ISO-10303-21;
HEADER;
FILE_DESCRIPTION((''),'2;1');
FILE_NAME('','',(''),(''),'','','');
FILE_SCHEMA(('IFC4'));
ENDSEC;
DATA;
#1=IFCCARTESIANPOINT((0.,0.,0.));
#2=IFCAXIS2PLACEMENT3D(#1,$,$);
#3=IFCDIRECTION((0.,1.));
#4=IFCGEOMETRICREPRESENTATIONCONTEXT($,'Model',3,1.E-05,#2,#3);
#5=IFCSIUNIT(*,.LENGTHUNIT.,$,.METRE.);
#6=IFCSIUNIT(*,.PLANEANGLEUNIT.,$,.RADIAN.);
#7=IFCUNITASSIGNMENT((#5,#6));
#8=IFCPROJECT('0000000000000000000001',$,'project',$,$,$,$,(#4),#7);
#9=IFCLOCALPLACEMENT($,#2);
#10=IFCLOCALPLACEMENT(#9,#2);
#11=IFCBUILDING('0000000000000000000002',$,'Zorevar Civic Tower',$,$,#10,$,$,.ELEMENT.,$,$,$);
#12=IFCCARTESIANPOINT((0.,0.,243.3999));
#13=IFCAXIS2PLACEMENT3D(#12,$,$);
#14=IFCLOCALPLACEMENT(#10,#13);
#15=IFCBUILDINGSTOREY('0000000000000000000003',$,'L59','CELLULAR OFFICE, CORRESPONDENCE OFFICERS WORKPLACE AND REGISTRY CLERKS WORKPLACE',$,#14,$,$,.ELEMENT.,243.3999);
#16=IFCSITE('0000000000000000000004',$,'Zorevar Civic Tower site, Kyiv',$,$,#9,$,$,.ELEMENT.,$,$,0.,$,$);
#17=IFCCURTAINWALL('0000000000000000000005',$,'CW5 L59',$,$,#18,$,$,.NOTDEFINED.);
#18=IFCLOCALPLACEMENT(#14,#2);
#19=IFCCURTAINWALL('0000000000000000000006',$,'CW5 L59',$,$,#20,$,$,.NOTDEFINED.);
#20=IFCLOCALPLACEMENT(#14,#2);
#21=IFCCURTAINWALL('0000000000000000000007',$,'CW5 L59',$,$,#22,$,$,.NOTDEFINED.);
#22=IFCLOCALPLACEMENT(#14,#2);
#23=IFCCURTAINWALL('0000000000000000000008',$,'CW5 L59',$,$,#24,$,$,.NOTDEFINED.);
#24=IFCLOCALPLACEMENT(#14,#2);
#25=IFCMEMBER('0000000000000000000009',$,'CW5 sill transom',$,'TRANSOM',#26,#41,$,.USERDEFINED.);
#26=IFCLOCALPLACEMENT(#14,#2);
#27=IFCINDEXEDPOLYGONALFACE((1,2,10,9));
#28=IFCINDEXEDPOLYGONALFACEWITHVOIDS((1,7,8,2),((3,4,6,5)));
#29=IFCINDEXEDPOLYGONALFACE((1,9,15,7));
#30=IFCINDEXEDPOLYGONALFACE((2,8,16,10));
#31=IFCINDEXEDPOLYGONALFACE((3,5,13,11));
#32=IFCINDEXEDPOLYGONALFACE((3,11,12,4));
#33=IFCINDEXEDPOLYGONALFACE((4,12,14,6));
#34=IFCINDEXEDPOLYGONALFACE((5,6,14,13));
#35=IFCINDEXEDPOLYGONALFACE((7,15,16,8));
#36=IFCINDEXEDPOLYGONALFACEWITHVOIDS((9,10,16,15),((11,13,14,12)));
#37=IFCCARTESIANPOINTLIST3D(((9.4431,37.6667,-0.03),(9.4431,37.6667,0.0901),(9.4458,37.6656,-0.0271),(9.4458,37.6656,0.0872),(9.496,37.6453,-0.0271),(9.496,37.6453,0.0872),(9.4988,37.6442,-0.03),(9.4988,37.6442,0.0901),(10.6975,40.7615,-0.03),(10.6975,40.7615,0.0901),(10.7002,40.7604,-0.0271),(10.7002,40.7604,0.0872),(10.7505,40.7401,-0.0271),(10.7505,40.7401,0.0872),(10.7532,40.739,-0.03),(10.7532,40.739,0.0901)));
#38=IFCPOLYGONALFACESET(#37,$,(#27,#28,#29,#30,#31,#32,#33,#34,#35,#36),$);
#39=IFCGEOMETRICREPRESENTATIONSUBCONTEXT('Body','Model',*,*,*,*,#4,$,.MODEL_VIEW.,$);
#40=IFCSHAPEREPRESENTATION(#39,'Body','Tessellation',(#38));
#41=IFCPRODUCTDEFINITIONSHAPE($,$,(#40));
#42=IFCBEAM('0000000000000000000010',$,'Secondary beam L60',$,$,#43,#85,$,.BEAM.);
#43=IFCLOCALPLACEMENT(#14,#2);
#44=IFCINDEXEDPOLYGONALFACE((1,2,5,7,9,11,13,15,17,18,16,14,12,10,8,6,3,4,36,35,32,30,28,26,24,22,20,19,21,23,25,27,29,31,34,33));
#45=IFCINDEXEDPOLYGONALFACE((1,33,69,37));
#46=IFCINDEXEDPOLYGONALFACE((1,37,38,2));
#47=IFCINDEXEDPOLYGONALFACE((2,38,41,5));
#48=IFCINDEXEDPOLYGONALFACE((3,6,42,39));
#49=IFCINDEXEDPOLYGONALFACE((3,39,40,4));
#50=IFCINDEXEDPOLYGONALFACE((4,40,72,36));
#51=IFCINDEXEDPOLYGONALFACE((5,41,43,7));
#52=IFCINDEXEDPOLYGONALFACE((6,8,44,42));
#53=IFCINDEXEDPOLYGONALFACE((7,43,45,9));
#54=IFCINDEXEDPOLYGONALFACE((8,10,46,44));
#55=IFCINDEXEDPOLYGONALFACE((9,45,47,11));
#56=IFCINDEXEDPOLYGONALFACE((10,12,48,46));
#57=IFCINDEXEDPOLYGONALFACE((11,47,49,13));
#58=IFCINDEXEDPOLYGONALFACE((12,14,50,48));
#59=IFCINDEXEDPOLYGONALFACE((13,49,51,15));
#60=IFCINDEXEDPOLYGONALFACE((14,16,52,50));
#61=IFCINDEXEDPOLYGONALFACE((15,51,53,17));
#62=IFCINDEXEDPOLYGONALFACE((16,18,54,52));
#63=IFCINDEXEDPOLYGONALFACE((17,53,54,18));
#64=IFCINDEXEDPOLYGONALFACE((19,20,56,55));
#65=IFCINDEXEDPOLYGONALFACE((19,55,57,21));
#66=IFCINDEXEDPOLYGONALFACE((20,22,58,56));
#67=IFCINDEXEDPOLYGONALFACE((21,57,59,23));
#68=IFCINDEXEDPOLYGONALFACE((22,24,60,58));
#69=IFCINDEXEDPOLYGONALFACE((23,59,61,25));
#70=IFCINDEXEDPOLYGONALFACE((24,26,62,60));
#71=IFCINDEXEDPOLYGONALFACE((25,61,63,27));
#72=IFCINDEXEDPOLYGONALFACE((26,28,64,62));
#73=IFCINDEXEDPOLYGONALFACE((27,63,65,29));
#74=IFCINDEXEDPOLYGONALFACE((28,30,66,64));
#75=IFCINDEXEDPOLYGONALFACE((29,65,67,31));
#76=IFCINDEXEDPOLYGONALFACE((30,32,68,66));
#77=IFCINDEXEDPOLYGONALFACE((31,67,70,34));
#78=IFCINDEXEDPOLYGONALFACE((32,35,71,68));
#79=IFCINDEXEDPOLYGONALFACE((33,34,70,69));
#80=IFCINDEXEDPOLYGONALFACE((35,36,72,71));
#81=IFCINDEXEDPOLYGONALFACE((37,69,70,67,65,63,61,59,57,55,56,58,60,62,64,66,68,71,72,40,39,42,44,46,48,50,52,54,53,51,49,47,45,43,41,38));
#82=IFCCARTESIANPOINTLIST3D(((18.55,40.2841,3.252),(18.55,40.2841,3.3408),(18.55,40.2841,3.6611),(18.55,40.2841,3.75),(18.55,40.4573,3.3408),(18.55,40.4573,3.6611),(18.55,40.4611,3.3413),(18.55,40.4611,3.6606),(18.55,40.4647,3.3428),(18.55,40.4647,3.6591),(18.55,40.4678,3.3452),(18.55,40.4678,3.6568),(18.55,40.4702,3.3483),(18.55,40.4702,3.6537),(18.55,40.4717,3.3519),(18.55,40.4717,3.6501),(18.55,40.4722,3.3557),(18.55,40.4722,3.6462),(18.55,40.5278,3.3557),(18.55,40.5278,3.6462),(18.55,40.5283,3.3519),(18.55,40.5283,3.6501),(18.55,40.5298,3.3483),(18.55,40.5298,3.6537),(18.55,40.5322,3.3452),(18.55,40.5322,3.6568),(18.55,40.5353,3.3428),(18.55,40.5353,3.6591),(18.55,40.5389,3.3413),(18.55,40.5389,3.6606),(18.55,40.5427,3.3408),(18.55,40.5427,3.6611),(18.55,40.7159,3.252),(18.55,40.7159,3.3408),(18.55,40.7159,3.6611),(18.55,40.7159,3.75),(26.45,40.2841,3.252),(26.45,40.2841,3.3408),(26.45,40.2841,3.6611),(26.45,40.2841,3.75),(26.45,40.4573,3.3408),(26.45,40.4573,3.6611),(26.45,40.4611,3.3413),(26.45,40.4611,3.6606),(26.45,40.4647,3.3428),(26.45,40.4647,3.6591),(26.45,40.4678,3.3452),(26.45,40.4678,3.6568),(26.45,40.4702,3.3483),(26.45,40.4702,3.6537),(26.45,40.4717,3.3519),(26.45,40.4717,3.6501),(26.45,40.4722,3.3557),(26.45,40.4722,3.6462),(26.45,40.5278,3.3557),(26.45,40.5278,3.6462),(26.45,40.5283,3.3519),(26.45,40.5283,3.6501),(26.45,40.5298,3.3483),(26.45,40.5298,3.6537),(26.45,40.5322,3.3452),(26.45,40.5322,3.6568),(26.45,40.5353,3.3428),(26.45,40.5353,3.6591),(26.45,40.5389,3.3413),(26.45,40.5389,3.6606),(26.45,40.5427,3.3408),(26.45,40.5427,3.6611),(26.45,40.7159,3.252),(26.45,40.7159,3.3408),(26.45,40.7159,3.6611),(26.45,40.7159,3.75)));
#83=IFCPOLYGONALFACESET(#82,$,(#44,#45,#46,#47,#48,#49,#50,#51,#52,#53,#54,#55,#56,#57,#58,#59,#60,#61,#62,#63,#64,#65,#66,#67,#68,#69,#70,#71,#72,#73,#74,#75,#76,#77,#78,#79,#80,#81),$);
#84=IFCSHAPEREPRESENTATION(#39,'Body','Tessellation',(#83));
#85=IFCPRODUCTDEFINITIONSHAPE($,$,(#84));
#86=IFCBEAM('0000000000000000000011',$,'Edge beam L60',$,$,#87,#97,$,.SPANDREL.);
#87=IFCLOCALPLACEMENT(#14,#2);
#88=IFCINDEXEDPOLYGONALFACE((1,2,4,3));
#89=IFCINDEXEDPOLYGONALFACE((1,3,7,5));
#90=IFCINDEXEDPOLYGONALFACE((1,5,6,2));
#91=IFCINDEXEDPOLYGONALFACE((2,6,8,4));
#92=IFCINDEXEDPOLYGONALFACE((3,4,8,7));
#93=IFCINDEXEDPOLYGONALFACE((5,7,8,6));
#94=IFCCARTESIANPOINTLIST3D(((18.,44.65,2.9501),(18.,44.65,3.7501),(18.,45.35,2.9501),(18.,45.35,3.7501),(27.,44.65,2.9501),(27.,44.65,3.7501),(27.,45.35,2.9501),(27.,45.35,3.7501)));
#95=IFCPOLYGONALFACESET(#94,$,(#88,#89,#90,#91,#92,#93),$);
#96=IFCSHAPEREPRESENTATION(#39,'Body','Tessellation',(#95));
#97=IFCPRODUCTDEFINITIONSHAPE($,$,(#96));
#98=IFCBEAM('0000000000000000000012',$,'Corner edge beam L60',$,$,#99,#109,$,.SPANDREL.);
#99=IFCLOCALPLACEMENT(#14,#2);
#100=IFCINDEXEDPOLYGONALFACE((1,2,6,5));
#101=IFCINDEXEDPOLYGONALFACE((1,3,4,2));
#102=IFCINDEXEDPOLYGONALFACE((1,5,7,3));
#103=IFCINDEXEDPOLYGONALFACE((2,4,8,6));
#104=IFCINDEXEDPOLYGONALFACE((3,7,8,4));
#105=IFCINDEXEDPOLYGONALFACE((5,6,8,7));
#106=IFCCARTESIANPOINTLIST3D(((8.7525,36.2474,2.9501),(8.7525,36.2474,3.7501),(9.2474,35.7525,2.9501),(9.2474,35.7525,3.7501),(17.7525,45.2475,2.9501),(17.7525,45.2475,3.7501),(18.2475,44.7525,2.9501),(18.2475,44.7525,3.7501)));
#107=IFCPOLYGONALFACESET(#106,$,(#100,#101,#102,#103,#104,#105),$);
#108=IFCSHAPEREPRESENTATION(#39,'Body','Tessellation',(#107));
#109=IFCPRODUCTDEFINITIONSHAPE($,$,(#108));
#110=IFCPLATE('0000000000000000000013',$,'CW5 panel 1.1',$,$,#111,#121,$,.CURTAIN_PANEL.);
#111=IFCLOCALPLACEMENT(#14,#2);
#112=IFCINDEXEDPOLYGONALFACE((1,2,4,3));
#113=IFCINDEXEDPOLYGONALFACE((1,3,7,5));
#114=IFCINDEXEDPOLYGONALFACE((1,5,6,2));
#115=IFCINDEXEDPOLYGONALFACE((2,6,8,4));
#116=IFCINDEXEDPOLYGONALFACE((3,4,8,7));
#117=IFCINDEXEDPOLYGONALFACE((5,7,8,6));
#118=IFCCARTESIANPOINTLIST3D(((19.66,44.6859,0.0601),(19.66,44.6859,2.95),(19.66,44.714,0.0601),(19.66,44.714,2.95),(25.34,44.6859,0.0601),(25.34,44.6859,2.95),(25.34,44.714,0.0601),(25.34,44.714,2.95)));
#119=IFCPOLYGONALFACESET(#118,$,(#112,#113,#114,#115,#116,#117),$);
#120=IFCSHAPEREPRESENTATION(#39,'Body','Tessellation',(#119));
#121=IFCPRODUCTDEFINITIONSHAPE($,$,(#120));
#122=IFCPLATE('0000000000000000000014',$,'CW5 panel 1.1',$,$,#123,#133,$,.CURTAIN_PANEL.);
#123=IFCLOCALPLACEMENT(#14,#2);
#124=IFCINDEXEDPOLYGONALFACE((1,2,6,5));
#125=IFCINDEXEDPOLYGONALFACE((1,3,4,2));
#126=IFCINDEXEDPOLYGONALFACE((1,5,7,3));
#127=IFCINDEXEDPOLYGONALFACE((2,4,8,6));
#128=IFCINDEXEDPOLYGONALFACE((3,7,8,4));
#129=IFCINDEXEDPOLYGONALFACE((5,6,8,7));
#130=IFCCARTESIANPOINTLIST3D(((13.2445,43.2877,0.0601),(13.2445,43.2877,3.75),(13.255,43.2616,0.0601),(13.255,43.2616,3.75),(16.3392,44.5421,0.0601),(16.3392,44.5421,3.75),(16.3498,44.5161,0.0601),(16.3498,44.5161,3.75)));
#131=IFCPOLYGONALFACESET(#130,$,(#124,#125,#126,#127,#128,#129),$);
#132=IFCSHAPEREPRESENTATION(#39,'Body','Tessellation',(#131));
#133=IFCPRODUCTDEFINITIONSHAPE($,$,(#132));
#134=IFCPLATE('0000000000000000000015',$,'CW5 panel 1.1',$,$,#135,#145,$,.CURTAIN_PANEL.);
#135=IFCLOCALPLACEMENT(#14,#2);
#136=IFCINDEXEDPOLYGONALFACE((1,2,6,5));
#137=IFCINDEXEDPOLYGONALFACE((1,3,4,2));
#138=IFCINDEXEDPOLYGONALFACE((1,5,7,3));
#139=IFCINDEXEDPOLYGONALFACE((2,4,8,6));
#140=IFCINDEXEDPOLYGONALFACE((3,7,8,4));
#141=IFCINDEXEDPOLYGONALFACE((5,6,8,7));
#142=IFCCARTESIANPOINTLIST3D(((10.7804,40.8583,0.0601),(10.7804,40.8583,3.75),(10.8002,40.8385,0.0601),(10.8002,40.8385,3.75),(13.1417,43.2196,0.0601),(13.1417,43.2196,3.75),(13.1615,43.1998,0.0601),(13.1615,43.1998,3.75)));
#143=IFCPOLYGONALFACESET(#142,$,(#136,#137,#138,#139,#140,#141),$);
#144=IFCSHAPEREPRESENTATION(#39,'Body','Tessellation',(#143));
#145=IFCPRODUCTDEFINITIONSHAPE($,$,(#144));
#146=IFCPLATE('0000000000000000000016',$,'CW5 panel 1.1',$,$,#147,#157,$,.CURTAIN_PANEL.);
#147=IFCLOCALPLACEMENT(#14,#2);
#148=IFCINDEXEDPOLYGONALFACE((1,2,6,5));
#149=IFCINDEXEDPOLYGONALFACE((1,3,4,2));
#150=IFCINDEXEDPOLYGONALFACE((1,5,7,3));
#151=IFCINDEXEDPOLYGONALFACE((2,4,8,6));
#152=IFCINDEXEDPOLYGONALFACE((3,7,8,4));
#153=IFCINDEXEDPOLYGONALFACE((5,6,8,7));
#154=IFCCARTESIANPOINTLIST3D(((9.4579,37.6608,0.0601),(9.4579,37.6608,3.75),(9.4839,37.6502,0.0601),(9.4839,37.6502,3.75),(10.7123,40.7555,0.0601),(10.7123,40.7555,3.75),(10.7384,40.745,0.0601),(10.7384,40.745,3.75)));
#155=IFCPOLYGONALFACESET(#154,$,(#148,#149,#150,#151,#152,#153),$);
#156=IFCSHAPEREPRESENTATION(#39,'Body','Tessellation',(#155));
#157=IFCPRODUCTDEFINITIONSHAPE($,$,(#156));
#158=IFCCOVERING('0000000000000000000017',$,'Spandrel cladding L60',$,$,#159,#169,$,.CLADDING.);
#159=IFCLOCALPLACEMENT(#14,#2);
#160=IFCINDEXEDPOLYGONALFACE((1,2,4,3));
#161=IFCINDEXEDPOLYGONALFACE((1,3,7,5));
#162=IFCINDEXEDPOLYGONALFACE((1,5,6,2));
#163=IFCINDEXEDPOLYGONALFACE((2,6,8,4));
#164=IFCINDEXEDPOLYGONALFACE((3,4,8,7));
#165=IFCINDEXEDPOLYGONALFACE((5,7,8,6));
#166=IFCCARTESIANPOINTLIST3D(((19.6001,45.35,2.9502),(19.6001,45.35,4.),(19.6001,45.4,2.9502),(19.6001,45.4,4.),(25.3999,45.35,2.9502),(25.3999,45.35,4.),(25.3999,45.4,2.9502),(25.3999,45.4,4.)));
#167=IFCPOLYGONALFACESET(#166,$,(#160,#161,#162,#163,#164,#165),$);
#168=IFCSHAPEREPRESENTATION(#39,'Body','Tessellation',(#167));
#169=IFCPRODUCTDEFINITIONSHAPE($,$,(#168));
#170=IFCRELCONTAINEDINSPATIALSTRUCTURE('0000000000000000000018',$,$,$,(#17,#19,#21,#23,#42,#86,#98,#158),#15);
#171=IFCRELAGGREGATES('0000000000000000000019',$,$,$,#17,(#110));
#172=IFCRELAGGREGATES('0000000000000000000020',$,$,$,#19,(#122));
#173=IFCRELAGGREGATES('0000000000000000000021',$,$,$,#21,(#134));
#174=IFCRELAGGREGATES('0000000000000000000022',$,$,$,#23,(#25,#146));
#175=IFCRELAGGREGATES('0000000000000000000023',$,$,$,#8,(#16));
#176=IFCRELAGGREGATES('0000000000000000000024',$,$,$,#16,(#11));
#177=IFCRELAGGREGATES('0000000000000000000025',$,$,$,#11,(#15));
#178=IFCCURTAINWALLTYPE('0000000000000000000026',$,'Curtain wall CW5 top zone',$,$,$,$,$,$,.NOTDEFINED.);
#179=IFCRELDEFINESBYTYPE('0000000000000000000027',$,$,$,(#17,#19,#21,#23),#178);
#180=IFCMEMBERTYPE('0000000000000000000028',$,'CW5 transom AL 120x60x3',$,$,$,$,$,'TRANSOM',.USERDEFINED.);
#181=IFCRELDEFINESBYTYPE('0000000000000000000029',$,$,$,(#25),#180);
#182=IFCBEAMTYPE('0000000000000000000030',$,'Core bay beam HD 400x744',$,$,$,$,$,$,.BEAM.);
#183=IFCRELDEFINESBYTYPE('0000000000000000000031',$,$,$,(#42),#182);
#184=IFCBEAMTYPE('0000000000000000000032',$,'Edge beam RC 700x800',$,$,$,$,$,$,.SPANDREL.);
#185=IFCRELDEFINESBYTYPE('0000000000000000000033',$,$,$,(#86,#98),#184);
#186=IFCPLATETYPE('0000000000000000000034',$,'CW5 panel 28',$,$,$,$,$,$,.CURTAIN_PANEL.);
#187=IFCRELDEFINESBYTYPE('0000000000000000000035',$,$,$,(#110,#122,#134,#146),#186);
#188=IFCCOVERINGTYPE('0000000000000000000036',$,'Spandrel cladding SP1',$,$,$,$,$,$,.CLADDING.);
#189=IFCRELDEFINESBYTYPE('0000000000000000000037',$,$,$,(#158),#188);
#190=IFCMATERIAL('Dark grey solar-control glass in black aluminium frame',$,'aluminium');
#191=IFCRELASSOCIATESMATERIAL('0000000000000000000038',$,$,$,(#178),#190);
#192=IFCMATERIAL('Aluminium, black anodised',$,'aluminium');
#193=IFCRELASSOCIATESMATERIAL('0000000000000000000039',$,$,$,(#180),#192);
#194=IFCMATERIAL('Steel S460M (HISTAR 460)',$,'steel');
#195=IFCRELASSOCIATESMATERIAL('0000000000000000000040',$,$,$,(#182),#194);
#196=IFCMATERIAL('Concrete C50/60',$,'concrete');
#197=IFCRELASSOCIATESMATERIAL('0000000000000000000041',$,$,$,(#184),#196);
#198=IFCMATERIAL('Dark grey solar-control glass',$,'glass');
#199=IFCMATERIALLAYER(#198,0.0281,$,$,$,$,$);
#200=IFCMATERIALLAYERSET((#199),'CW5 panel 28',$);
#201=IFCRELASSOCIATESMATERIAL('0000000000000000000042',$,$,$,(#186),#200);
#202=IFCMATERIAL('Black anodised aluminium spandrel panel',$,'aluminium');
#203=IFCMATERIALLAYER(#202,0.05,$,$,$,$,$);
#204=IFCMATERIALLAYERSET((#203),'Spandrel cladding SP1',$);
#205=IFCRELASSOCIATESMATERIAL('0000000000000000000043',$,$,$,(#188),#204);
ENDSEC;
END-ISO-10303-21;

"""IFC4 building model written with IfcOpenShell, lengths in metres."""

from ifc_helpers import new_model, si_unit, direction, frame, frame_2d, origin, origin_2d, place, context, subcontext, project, spatial, rectangle, hollow_rectangle, i_section, extrude, material, layer, layer_set, material_profile, profile_set, type_object, element, aggregate, save


model = new_model("IFC4")

# Units and contexts
model_context = context("Model", 3, precision=1e-05, world=origin(), true_north=direction((0.0, 1.0)))
body_context = subcontext(model_context, "Body", "Model", "MODEL_VIEW")
ifc_project = project(units=[si_unit("LENGTHUNIT", "METRE"), si_unit("PLANEANGLEUNIT", "RADIAN")], contexts=[model_context])

# Site, building, storey
site_placement = place(None, origin())
site = spatial("IfcSite", under=ifc_project, at=site_placement, Name="Zorevar Civic Tower site, Kyiv", CompositionType="ELEMENT", RefElevation=0.0)
building_placement = place(site_placement, origin())
building = spatial("IfcBuilding", under=site, at=building_placement, Name="Zorevar Civic Tower", CompositionType="ELEMENT")
storey_placement = place(building_placement, frame((0.0, 0.0, 243.3999)))
storey = spatial("IfcBuildingStorey", under=building, at=storey_placement, Name="L59", Description="CELLULAR OFFICE, CORRESPONDENCE OFFICERS WORKPLACE AND REGISTRY CLERKS WORKPLACE", CompositionType="ELEMENT", Elevation=243.3999)

# Curtain walls
ifc_material_1 = material(Name="Dark grey solar-control glass in black aluminium frame", Category="aluminium")
curtain_wall_type = type_object("IfcCurtainWallType", Name="Curtain wall CW5 top zone", PredefinedType="NOTDEFINED", material=ifc_material_1)
curtain_wall_1_placement = place(storey_placement, origin())
curtain_wall_1 = element("IfcCurtainWall", 1, at=curtain_wall_1_placement, inside=storey, type_object=curtain_wall_type, Name="CW5 L59", PredefinedType="NOTDEFINED")
curtain_wall_2_placement = place(storey_placement, origin())
curtain_wall_2 = element("IfcCurtainWall", 2, at=curtain_wall_2_placement, inside=storey, type_object=curtain_wall_type, Name="CW5 L59", PredefinedType="NOTDEFINED")
curtain_wall_3_placement = place(storey_placement, origin())
curtain_wall_3 = element("IfcCurtainWall", 3, at=curtain_wall_3_placement, inside=storey, type_object=curtain_wall_type, Name="CW5 L59", PredefinedType="NOTDEFINED")

# Curtain wall
curtain_wall_4_placement = place(storey_placement, origin())
curtain_wall_4 = element("IfcCurtainWall", 4, at=curtain_wall_4_placement, inside=storey, type_object=curtain_wall_type, Name="CW5 L59", PredefinedType="NOTDEFINED")

# Member
ifc_material_2 = material(Name="Aluminium, black anodised", Category="aluminium")
ifc_material_profile_1 = material_profile(ifc_material_2, hollow_rectangle(XDim=0.0601, YDim=0.1201, WallThickness=0.0029, at=origin_2d()), Name="AL 120x60x3")
ifc_profile_set_1 = profile_set([ifc_material_profile_1], Name="Aluminium, black anodised")
member_type_1 = type_object("IfcMemberType", Name="CW5 transom AL 120x60x3", ElementType="TRANSOM", PredefinedType="USERDEFINED", material=ifc_profile_set_1)
member_1_placement = place(storey_placement, frame((10.7253, 40.7502, 0.03), z_axis=(-0.375647, -0.926763, 0.0), x_axis=(0.926763, -0.375647, 0.0)))
member_1 = element("IfcMember", 5, at=member_1_placement, type_object=member_type_1, Name="CW5 sill transom", ObjectType="TRANSOM", PredefinedType="USERDEFINED", context=body_context, shape_type="SweptSolid", body=[
    extrude(hollow_rectangle(XDim=0.0601, YDim=0.1201, WallThickness=0.0029, at=origin_2d()), origin(), (0.0, 0.0, 1.0), 3.3394),
])

# Beams
ifc_material_3 = material(Name="Steel S460M (HISTAR 460)", Category="steel")
ifc_material_profile_2 = material_profile(ifc_material_3, i_section(OverallWidth=0.4319, OverallDepth=0.498, WebThickness=0.0557, FlangeThickness=0.0889, FilletRadius=0.0149, at=origin_2d()), Name="HD 400x744")
ifc_profile_set_2 = profile_set([ifc_material_profile_2], Name="Steel S460M (HISTAR 460)")
beam_type_1 = type_object("IfcBeamType", Name="Core bay beam HD 400x744", PredefinedType="BEAM", material=ifc_profile_set_2)
beam_1_placement = place(storey_placement, frame((18.55, 40.5, 3.501), z_axis=(1.0, 0.0, 0.0), x_axis=(0.0, 1.0, 0.0)))
element("IfcBeam", 6, at=beam_1_placement, inside=storey, type_object=beam_type_1, Name="Secondary beam L60", PredefinedType="BEAM", context=body_context, shape_type="SweptSolid", body=[
    extrude(i_section(OverallWidth=0.4319, OverallDepth=0.498, WebThickness=0.0557, FlangeThickness=0.0889, FilletRadius=0.0149, at=origin_2d()), origin(), (0.0, 0.0, 1.0), 7.8999),
])
ifc_material_4 = material(Name="Concrete C50/60", Category="concrete")
ifc_material_profile_3 = material_profile(ifc_material_4, rectangle(XDim=0.7, YDim=0.8, at=origin_2d()), Name="RC 700x800")
ifc_profile_set_3 = profile_set([ifc_material_profile_3], Name="Concrete C50/60")
beam_type_2 = type_object("IfcBeamType", Name="Edge beam RC 700x800", PredefinedType="SPANDREL", material=ifc_profile_set_3)
beam_2_placement = place(storey_placement, frame((18.0, 45.0, 3.3501), z_axis=(1.0, 0.0, 0.0), x_axis=(0.0, 1.0, 0.0)))
element("IfcBeam", 7, at=beam_2_placement, inside=storey, type_object=beam_type_2, Name="Edge beam L60", PredefinedType="SPANDREL", context=body_context, shape_type="SweptSolid", body=[
    extrude(rectangle(XDim=0.7, YDim=0.8, at=origin_2d()), origin(), (0.0, 0.0, 1.0), 9.0),
])
beam_3_placement = place(storey_placement, frame((18.0, 45.0, 3.3501), z_axis=(-0.707107, -0.707107, 0.0), x_axis=(0.707107, -0.707107, 0.0)))
element("IfcBeam", 8, at=beam_3_placement, inside=storey, type_object=beam_type_2, Name="Corner edge beam L60", PredefinedType="SPANDREL", context=body_context, shape_type="SweptSolid", body=[
    extrude(rectangle(XDim=0.7, YDim=0.8, at=origin_2d()), origin(), (0.0, 0.0, 1.0), 12.728),
])

# Plates
ifc_material_5 = material(Name="Dark grey solar-control glass", Category="glass")
ifc_layer_1 = layer(ifc_material_5, 0.0281)
ifc_layer_set_1 = layer_set([ifc_layer_1], Name="CW5 panel 28")
plate_type = type_object("IfcPlateType", Name="CW5 panel 28", PredefinedType="CURTAIN_PANEL", material=ifc_layer_set_1)
plate_1_placement = place(storey_placement, frame((22.5, 44.7, 0.0601), z_axis=(0.0, 0.0, 1.0), x_axis=(1.0, 0.0, 0.0)))
plate_1 = element("IfcPlate", 9, at=plate_1_placement, type_object=plate_type, Name="CW5 panel 1.1", PredefinedType="CURTAIN_PANEL", context=body_context, shape_type="SweptSolid", body=[
    extrude(rectangle(XDim=5.6799, YDim=0.0281, at=origin_2d()), origin(), (0.0, 0.0, 1.0), 2.8899),
])
aggregate(curtain_wall_1, [plate_1])
plate_2_placement = place(storey_placement, frame((14.7971, 43.9019, 0.0601), z_axis=(0.0, 0.0, 1.0), x_axis=(-0.926762, -0.37565, 0.0)))
plate_2 = element("IfcPlate", 10, at=plate_2_placement, type_object=plate_type, Name="CW5 panel 1.1", PredefinedType="CURTAIN_PANEL", context=body_context, shape_type="SweptSolid", body=[
    extrude(rectangle(XDim=3.3394, YDim=0.0281, at=origin_2d()), origin(), (0.0, 0.0, 1.0), 3.6899),
])
aggregate(curtain_wall_2, [plate_2])
plate_3_placement = place(storey_placement, frame((11.9709, 42.0291, 0.0601), z_axis=(0.0, 0.0, 1.0), x_axis=(-0.707107, -0.707107, 0.0)))
plate_3 = element("IfcPlate", 11, at=plate_3_placement, type_object=plate_type, Name="CW5 panel 1.1", PredefinedType="CURTAIN_PANEL", context=body_context, shape_type="SweptSolid", body=[
    extrude(rectangle(XDim=3.3394, YDim=0.0281, at=origin_2d()), origin(), (0.0, 0.0, 1.0), 3.6899),
])
aggregate(curtain_wall_3, [plate_3])
plate_4_placement = place(storey_placement, frame((10.0981, 39.2029, 0.0601), z_axis=(0.0, 0.0, 1.0), x_axis=(-0.37565, -0.926762, 0.0)))
plate_4 = element("IfcPlate", 12, at=plate_4_placement, type_object=plate_type, Name="CW5 panel 1.1", PredefinedType="CURTAIN_PANEL", context=body_context, shape_type="SweptSolid", body=[
    extrude(rectangle(XDim=3.3394, YDim=0.0281, at=origin_2d()), origin(), (0.0, 0.0, 1.0), 3.6899),
])
aggregate(curtain_wall_4, [member_1, plate_4])

# Covering
ifc_material_6 = material(Name="Black anodised aluminium spandrel panel", Category="aluminium")
ifc_layer_2 = layer(ifc_material_6, 0.05)
ifc_layer_set_2 = layer_set([ifc_layer_2], Name="Spandrel cladding SP1")
covering_type = type_object("IfcCoveringType", Name="Spandrel cladding SP1", PredefinedType="CLADDING", material=ifc_layer_set_2)
covering_placement = place(storey_placement, frame((19.6001, 45.375, 2.9502), z_axis=(0.0, 0.0, 1.0), x_axis=(1.0, 0.0, 0.0)))
element("IfcCovering", 13, at=covering_placement, inside=storey, type_object=covering_type, Name="Spandrel cladding L60", PredefinedType="CLADDING", context=body_context, shape_type="SweptSolid", body=[
    extrude(rectangle(XDim=5.7998, YDim=0.05, at=frame_2d((2.8999, 0.0))), origin(), (0.0, 0.0, 1.0), 1.0498),
])

save(model, "model.ifc")
